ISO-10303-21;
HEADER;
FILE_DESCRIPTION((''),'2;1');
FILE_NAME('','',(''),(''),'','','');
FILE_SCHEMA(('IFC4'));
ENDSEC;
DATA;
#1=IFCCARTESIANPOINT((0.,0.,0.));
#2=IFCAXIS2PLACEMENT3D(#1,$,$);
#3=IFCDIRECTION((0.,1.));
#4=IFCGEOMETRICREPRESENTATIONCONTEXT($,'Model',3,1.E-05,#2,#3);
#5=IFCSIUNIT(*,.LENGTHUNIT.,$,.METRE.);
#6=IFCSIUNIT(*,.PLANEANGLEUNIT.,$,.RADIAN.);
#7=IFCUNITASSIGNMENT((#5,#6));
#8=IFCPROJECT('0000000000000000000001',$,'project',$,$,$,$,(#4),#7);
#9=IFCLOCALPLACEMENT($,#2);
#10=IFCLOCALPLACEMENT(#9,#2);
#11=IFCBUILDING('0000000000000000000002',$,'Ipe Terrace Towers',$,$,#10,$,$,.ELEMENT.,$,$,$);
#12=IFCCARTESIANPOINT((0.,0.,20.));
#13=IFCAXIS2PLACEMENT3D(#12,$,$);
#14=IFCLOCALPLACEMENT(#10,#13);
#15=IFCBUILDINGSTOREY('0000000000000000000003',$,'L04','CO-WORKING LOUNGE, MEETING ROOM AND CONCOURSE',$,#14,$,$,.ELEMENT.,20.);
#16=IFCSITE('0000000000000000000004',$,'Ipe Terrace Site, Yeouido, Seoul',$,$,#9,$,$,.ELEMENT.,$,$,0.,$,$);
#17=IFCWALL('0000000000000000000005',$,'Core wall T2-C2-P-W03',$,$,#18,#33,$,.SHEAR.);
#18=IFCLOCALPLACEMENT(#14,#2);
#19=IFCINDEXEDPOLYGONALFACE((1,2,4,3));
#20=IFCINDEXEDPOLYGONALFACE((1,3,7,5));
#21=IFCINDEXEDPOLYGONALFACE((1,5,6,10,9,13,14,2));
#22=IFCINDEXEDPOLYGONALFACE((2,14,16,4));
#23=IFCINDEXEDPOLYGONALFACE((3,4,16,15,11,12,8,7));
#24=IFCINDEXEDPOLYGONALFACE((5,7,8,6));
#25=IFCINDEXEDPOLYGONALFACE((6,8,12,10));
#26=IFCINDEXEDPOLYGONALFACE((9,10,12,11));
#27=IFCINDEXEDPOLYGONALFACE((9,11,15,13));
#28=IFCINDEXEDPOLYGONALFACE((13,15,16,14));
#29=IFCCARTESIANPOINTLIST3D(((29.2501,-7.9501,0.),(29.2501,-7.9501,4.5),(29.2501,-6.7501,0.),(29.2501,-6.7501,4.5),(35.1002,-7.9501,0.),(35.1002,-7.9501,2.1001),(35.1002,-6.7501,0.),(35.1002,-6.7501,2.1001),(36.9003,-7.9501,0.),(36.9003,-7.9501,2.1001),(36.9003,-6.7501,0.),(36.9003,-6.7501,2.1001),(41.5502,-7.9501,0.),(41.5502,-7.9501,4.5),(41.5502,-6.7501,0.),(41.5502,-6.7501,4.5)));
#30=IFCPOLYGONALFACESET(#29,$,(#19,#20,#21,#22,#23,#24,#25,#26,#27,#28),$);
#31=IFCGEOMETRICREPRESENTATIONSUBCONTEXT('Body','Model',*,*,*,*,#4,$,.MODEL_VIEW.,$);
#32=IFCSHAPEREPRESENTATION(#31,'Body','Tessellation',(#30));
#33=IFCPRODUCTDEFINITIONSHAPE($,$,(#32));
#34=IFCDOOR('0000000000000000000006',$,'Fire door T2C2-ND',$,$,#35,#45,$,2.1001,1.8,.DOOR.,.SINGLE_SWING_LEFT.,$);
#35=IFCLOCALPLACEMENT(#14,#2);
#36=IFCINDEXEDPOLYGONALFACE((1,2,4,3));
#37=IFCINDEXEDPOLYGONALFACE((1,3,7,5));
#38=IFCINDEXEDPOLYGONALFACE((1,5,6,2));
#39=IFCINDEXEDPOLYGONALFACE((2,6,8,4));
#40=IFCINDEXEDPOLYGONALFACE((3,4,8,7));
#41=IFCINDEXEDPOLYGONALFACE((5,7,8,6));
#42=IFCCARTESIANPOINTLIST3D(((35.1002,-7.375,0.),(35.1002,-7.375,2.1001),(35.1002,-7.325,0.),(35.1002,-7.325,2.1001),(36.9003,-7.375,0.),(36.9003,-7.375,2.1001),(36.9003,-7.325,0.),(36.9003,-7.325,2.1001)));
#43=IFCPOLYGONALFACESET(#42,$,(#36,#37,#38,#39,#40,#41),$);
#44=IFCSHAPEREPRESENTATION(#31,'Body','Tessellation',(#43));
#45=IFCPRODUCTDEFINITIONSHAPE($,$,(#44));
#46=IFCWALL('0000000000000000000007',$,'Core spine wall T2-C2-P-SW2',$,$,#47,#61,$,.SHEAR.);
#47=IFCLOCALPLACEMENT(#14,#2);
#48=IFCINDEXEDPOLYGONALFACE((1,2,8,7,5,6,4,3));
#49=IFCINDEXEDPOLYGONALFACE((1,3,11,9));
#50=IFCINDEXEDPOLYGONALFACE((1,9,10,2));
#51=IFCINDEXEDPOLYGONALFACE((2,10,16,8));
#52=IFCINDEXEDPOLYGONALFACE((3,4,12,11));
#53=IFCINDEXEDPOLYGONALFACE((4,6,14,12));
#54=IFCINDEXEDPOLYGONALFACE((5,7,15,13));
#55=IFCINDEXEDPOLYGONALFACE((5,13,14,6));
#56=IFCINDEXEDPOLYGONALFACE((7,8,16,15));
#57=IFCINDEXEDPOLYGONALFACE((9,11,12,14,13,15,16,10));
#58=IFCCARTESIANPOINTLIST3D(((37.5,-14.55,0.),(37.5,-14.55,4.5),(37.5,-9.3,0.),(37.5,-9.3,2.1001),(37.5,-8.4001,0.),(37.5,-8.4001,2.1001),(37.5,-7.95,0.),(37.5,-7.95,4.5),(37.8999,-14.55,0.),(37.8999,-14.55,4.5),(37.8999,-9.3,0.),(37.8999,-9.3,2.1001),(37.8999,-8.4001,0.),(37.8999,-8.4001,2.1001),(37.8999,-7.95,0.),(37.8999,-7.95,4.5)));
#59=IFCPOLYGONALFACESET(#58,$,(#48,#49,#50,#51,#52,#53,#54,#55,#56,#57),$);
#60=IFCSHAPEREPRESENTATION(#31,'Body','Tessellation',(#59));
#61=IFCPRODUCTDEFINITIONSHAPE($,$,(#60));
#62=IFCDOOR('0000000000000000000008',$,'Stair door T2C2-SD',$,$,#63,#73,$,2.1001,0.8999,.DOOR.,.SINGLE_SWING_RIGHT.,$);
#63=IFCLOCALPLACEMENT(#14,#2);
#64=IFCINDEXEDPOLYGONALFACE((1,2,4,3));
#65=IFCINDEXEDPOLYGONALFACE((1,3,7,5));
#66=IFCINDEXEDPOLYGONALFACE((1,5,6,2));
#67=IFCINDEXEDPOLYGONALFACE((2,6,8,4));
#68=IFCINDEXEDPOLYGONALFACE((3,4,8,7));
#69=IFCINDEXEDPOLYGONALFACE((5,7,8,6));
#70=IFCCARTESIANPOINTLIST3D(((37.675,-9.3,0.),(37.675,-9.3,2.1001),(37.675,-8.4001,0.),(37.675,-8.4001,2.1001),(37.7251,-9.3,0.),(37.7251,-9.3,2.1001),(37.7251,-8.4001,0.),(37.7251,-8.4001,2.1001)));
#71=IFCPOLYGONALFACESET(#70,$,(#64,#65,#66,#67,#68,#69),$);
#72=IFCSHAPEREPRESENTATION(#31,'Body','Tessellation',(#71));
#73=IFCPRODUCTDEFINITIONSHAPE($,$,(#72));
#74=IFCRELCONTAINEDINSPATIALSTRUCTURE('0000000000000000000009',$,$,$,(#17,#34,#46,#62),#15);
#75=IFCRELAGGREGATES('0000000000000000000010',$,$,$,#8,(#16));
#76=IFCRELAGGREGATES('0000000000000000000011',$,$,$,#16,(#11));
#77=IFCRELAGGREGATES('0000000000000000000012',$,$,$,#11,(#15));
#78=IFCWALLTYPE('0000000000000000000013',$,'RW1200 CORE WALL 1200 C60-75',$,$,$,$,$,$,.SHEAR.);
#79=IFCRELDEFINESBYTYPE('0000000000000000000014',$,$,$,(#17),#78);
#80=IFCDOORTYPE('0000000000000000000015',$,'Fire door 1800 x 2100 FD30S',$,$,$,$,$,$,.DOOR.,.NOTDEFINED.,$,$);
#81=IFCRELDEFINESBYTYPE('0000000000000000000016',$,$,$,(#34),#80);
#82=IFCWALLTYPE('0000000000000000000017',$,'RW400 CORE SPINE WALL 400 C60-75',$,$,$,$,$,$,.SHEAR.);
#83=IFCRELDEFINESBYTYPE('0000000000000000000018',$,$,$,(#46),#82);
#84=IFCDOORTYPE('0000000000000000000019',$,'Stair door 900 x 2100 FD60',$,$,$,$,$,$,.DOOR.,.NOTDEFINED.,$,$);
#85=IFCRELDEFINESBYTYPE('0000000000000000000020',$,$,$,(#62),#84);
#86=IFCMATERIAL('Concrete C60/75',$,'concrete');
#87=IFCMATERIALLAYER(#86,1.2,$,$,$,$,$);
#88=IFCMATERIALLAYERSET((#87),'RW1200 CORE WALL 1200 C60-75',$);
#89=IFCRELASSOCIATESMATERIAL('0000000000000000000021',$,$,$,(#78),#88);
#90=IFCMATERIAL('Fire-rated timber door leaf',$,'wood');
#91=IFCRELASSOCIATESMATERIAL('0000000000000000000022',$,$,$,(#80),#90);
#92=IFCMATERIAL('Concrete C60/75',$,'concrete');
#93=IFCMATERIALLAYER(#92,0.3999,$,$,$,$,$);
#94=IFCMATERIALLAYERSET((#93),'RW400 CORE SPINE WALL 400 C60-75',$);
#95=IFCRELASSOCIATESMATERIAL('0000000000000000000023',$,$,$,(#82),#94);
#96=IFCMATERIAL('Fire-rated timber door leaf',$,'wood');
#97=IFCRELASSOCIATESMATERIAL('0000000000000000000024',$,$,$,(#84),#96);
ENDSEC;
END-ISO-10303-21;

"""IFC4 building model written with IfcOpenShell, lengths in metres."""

from ifc_helpers import new_model, si_unit, direction, frame, frame_2d, origin, place, context, subcontext, project, spatial, rectangle, extrude, material, layer, layer_set, type_object, element, fill, save


model = new_model("IFC4")

# Units and contexts
model_context = context("Model", 3, precision=1e-05, world=origin(), true_north=direction((0.0, 1.0)))
body_context = subcontext(model_context, "Body", "Model", "MODEL_VIEW")
ifc_project = project(units=[si_unit("LENGTHUNIT", "METRE"), si_unit("PLANEANGLEUNIT", "RADIAN")], contexts=[model_context])

# Site, building, storey
site_placement = place(None, origin())
site = spatial("IfcSite", under=ifc_project, at=site_placement, Name="Ipe Terrace Site, Yeouido, Seoul", CompositionType="ELEMENT", RefElevation=0.0)
building_placement = place(site_placement, origin())
building = spatial("IfcBuilding", under=site, at=building_placement, Name="Ipe Terrace Towers", CompositionType="ELEMENT")
storey_placement = place(building_placement, frame((0.0, 0.0, 20.0)))
storey = spatial("IfcBuildingStorey", under=building, at=storey_placement, Name="L04", Description="CO-WORKING LOUNGE, MEETING ROOM AND CONCOURSE", CompositionType="ELEMENT", Elevation=20.0)

# Shared definitions
ifc_material_1 = material(Name="Concrete C60/75", Category="concrete")
ifc_layer_1 = layer(ifc_material_1, 1.2)
ifc_layer_set_1 = layer_set([ifc_layer_1], Name="RW1200 CORE WALL 1200 C60-75")
wall_type_1 = type_object("IfcWallType", Name="RW1200 CORE WALL 1200 C60-75", PredefinedType="SHEAR", material=ifc_layer_set_1)

# Walls, openings, doors
wall_1_placement = place(storey_placement, frame((41.55, -7.3501, 0.0), z_axis=(0.0, 0.0, 1.0), x_axis=(-1.0, 0.0, 0.0)))
wall_1 = element("IfcWall", 1, at=wall_1_placement, inside=storey, type_object=wall_type_1, Name="Core wall T2-C2-P-W03", PredefinedType="SHEAR", context=body_context, shape_type="SweptSolid", body=[
    extrude(rectangle(XDim=12.3, YDim=1.2, at=frame_2d((6.1499, 0.0))), origin(), (0.0, 0.0, 1.0), 4.5),
])
opening_1_placement = place(wall_1_placement, frame((4.6499, 0.0, 0.0)))
opening_1 = element("IfcOpeningElement", 2, at=opening_1_placement, cuts=wall_1, PredefinedType="OPENING", context=body_context, shape_type="SweptSolid", body=[
    extrude(rectangle(XDim=1.8, YDim=2.1001, at=frame_2d((0.8999, 1.05))), frame((0.0, 0.6099, 0.0), z_axis=(0.0, -1.0, 0.0), x_axis=(1.0, 0.0, 0.0)), (0.0, 0.0, 1.0), 1.22),
])
ifc_material_2 = material(Name="Fire-rated timber door leaf", Category="wood")
door_type_1 = type_object("IfcDoorType", Name="Fire door 1800 x 2100 FD30S", OperationType="NOTDEFINED", PredefinedType="DOOR", material=ifc_material_2)
door_1_placement = place(opening_1_placement, origin())
door_1 = element("IfcDoor", 3, at=door_1_placement, inside=storey, type_object=door_type_1, Name="Fire door T2C2-ND", OperationType="SINGLE_SWING_LEFT", OverallHeight=2.1001, OverallWidth=1.8, PredefinedType="DOOR", context=body_context, shape_type="SweptSolid", body=[
    extrude(rectangle(XDim=1.8, YDim=2.1001, at=frame_2d((0.8999, 1.05))), frame((0.0, 0.0249, 0.0), z_axis=(0.0, -1.0, 0.0), x_axis=(1.0, 0.0, 0.0)), (0.0, 0.0, 1.0), 0.05),
])
fill(opening_1, door_1)
ifc_material_3 = material(Name="Concrete C60/75", Category="concrete")
ifc_layer_2 = layer(ifc_material_3, 0.3999)
ifc_layer_set_2 = layer_set([ifc_layer_2], Name="RW400 CORE SPINE WALL 400 C60-75")
wall_type_2 = type_object("IfcWallType", Name="RW400 CORE SPINE WALL 400 C60-75", PredefinedType="SHEAR", material=ifc_layer_set_2)
wall_2_placement = place(storey_placement, frame((37.7, -14.55, 0.0), z_axis=(0.0, 0.0, 1.0), x_axis=(0.0, 1.0, 0.0)))
wall_2 = element("IfcWall", 4, at=wall_2_placement, inside=storey, type_object=wall_type_2, Name="Core spine wall T2-C2-P-SW2", PredefinedType="SHEAR", context=body_context, shape_type="SweptSolid", body=[
    extrude(rectangle(XDim=6.6001, YDim=0.3999, at=frame_2d((3.3, 0.0))), origin(), (0.0, 0.0, 1.0), 4.5),
])
opening_2_placement = place(wall_2_placement, frame((5.25, 0.0, 0.0)))
opening_2 = element("IfcOpeningElement", 5, at=opening_2_placement, cuts=wall_2, PredefinedType="OPENING", context=body_context, shape_type="SweptSolid", body=[
    extrude(rectangle(XDim=0.8999, YDim=2.1001, at=frame_2d((0.45, 1.05))), frame((0.0, 0.21, 0.0), z_axis=(0.0, -1.0, 0.0), x_axis=(1.0, 0.0, 0.0)), (0.0, 0.0, 1.0), 0.4199),
])
ifc_material_4 = material(Name="Fire-rated timber door leaf", Category="wood")
door_type_2 = type_object("IfcDoorType", Name="Stair door 900 x 2100 FD60", OperationType="NOTDEFINED", PredefinedType="DOOR", material=ifc_material_4)
door_2_placement = place(opening_2_placement, origin())
door_2 = element("IfcDoor", 6, at=door_2_placement, inside=storey, type_object=door_type_2, Name="Stair door T2C2-SD", OperationType="SINGLE_SWING_RIGHT", OverallHeight=2.1001, OverallWidth=0.8999, PredefinedType="DOOR", context=body_context, shape_type="SweptSolid", body=[
    extrude(rectangle(XDim=0.8999, YDim=2.1001, at=frame_2d((0.45, 1.05))), frame((0.0, 0.0249, 0.0), z_axis=(0.0, -1.0, 0.0), x_axis=(1.0, 0.0, 0.0)), (0.0, 0.0, 1.0), 0.05),
])
fill(opening_2, door_2)

save(model, "model.ifc")
